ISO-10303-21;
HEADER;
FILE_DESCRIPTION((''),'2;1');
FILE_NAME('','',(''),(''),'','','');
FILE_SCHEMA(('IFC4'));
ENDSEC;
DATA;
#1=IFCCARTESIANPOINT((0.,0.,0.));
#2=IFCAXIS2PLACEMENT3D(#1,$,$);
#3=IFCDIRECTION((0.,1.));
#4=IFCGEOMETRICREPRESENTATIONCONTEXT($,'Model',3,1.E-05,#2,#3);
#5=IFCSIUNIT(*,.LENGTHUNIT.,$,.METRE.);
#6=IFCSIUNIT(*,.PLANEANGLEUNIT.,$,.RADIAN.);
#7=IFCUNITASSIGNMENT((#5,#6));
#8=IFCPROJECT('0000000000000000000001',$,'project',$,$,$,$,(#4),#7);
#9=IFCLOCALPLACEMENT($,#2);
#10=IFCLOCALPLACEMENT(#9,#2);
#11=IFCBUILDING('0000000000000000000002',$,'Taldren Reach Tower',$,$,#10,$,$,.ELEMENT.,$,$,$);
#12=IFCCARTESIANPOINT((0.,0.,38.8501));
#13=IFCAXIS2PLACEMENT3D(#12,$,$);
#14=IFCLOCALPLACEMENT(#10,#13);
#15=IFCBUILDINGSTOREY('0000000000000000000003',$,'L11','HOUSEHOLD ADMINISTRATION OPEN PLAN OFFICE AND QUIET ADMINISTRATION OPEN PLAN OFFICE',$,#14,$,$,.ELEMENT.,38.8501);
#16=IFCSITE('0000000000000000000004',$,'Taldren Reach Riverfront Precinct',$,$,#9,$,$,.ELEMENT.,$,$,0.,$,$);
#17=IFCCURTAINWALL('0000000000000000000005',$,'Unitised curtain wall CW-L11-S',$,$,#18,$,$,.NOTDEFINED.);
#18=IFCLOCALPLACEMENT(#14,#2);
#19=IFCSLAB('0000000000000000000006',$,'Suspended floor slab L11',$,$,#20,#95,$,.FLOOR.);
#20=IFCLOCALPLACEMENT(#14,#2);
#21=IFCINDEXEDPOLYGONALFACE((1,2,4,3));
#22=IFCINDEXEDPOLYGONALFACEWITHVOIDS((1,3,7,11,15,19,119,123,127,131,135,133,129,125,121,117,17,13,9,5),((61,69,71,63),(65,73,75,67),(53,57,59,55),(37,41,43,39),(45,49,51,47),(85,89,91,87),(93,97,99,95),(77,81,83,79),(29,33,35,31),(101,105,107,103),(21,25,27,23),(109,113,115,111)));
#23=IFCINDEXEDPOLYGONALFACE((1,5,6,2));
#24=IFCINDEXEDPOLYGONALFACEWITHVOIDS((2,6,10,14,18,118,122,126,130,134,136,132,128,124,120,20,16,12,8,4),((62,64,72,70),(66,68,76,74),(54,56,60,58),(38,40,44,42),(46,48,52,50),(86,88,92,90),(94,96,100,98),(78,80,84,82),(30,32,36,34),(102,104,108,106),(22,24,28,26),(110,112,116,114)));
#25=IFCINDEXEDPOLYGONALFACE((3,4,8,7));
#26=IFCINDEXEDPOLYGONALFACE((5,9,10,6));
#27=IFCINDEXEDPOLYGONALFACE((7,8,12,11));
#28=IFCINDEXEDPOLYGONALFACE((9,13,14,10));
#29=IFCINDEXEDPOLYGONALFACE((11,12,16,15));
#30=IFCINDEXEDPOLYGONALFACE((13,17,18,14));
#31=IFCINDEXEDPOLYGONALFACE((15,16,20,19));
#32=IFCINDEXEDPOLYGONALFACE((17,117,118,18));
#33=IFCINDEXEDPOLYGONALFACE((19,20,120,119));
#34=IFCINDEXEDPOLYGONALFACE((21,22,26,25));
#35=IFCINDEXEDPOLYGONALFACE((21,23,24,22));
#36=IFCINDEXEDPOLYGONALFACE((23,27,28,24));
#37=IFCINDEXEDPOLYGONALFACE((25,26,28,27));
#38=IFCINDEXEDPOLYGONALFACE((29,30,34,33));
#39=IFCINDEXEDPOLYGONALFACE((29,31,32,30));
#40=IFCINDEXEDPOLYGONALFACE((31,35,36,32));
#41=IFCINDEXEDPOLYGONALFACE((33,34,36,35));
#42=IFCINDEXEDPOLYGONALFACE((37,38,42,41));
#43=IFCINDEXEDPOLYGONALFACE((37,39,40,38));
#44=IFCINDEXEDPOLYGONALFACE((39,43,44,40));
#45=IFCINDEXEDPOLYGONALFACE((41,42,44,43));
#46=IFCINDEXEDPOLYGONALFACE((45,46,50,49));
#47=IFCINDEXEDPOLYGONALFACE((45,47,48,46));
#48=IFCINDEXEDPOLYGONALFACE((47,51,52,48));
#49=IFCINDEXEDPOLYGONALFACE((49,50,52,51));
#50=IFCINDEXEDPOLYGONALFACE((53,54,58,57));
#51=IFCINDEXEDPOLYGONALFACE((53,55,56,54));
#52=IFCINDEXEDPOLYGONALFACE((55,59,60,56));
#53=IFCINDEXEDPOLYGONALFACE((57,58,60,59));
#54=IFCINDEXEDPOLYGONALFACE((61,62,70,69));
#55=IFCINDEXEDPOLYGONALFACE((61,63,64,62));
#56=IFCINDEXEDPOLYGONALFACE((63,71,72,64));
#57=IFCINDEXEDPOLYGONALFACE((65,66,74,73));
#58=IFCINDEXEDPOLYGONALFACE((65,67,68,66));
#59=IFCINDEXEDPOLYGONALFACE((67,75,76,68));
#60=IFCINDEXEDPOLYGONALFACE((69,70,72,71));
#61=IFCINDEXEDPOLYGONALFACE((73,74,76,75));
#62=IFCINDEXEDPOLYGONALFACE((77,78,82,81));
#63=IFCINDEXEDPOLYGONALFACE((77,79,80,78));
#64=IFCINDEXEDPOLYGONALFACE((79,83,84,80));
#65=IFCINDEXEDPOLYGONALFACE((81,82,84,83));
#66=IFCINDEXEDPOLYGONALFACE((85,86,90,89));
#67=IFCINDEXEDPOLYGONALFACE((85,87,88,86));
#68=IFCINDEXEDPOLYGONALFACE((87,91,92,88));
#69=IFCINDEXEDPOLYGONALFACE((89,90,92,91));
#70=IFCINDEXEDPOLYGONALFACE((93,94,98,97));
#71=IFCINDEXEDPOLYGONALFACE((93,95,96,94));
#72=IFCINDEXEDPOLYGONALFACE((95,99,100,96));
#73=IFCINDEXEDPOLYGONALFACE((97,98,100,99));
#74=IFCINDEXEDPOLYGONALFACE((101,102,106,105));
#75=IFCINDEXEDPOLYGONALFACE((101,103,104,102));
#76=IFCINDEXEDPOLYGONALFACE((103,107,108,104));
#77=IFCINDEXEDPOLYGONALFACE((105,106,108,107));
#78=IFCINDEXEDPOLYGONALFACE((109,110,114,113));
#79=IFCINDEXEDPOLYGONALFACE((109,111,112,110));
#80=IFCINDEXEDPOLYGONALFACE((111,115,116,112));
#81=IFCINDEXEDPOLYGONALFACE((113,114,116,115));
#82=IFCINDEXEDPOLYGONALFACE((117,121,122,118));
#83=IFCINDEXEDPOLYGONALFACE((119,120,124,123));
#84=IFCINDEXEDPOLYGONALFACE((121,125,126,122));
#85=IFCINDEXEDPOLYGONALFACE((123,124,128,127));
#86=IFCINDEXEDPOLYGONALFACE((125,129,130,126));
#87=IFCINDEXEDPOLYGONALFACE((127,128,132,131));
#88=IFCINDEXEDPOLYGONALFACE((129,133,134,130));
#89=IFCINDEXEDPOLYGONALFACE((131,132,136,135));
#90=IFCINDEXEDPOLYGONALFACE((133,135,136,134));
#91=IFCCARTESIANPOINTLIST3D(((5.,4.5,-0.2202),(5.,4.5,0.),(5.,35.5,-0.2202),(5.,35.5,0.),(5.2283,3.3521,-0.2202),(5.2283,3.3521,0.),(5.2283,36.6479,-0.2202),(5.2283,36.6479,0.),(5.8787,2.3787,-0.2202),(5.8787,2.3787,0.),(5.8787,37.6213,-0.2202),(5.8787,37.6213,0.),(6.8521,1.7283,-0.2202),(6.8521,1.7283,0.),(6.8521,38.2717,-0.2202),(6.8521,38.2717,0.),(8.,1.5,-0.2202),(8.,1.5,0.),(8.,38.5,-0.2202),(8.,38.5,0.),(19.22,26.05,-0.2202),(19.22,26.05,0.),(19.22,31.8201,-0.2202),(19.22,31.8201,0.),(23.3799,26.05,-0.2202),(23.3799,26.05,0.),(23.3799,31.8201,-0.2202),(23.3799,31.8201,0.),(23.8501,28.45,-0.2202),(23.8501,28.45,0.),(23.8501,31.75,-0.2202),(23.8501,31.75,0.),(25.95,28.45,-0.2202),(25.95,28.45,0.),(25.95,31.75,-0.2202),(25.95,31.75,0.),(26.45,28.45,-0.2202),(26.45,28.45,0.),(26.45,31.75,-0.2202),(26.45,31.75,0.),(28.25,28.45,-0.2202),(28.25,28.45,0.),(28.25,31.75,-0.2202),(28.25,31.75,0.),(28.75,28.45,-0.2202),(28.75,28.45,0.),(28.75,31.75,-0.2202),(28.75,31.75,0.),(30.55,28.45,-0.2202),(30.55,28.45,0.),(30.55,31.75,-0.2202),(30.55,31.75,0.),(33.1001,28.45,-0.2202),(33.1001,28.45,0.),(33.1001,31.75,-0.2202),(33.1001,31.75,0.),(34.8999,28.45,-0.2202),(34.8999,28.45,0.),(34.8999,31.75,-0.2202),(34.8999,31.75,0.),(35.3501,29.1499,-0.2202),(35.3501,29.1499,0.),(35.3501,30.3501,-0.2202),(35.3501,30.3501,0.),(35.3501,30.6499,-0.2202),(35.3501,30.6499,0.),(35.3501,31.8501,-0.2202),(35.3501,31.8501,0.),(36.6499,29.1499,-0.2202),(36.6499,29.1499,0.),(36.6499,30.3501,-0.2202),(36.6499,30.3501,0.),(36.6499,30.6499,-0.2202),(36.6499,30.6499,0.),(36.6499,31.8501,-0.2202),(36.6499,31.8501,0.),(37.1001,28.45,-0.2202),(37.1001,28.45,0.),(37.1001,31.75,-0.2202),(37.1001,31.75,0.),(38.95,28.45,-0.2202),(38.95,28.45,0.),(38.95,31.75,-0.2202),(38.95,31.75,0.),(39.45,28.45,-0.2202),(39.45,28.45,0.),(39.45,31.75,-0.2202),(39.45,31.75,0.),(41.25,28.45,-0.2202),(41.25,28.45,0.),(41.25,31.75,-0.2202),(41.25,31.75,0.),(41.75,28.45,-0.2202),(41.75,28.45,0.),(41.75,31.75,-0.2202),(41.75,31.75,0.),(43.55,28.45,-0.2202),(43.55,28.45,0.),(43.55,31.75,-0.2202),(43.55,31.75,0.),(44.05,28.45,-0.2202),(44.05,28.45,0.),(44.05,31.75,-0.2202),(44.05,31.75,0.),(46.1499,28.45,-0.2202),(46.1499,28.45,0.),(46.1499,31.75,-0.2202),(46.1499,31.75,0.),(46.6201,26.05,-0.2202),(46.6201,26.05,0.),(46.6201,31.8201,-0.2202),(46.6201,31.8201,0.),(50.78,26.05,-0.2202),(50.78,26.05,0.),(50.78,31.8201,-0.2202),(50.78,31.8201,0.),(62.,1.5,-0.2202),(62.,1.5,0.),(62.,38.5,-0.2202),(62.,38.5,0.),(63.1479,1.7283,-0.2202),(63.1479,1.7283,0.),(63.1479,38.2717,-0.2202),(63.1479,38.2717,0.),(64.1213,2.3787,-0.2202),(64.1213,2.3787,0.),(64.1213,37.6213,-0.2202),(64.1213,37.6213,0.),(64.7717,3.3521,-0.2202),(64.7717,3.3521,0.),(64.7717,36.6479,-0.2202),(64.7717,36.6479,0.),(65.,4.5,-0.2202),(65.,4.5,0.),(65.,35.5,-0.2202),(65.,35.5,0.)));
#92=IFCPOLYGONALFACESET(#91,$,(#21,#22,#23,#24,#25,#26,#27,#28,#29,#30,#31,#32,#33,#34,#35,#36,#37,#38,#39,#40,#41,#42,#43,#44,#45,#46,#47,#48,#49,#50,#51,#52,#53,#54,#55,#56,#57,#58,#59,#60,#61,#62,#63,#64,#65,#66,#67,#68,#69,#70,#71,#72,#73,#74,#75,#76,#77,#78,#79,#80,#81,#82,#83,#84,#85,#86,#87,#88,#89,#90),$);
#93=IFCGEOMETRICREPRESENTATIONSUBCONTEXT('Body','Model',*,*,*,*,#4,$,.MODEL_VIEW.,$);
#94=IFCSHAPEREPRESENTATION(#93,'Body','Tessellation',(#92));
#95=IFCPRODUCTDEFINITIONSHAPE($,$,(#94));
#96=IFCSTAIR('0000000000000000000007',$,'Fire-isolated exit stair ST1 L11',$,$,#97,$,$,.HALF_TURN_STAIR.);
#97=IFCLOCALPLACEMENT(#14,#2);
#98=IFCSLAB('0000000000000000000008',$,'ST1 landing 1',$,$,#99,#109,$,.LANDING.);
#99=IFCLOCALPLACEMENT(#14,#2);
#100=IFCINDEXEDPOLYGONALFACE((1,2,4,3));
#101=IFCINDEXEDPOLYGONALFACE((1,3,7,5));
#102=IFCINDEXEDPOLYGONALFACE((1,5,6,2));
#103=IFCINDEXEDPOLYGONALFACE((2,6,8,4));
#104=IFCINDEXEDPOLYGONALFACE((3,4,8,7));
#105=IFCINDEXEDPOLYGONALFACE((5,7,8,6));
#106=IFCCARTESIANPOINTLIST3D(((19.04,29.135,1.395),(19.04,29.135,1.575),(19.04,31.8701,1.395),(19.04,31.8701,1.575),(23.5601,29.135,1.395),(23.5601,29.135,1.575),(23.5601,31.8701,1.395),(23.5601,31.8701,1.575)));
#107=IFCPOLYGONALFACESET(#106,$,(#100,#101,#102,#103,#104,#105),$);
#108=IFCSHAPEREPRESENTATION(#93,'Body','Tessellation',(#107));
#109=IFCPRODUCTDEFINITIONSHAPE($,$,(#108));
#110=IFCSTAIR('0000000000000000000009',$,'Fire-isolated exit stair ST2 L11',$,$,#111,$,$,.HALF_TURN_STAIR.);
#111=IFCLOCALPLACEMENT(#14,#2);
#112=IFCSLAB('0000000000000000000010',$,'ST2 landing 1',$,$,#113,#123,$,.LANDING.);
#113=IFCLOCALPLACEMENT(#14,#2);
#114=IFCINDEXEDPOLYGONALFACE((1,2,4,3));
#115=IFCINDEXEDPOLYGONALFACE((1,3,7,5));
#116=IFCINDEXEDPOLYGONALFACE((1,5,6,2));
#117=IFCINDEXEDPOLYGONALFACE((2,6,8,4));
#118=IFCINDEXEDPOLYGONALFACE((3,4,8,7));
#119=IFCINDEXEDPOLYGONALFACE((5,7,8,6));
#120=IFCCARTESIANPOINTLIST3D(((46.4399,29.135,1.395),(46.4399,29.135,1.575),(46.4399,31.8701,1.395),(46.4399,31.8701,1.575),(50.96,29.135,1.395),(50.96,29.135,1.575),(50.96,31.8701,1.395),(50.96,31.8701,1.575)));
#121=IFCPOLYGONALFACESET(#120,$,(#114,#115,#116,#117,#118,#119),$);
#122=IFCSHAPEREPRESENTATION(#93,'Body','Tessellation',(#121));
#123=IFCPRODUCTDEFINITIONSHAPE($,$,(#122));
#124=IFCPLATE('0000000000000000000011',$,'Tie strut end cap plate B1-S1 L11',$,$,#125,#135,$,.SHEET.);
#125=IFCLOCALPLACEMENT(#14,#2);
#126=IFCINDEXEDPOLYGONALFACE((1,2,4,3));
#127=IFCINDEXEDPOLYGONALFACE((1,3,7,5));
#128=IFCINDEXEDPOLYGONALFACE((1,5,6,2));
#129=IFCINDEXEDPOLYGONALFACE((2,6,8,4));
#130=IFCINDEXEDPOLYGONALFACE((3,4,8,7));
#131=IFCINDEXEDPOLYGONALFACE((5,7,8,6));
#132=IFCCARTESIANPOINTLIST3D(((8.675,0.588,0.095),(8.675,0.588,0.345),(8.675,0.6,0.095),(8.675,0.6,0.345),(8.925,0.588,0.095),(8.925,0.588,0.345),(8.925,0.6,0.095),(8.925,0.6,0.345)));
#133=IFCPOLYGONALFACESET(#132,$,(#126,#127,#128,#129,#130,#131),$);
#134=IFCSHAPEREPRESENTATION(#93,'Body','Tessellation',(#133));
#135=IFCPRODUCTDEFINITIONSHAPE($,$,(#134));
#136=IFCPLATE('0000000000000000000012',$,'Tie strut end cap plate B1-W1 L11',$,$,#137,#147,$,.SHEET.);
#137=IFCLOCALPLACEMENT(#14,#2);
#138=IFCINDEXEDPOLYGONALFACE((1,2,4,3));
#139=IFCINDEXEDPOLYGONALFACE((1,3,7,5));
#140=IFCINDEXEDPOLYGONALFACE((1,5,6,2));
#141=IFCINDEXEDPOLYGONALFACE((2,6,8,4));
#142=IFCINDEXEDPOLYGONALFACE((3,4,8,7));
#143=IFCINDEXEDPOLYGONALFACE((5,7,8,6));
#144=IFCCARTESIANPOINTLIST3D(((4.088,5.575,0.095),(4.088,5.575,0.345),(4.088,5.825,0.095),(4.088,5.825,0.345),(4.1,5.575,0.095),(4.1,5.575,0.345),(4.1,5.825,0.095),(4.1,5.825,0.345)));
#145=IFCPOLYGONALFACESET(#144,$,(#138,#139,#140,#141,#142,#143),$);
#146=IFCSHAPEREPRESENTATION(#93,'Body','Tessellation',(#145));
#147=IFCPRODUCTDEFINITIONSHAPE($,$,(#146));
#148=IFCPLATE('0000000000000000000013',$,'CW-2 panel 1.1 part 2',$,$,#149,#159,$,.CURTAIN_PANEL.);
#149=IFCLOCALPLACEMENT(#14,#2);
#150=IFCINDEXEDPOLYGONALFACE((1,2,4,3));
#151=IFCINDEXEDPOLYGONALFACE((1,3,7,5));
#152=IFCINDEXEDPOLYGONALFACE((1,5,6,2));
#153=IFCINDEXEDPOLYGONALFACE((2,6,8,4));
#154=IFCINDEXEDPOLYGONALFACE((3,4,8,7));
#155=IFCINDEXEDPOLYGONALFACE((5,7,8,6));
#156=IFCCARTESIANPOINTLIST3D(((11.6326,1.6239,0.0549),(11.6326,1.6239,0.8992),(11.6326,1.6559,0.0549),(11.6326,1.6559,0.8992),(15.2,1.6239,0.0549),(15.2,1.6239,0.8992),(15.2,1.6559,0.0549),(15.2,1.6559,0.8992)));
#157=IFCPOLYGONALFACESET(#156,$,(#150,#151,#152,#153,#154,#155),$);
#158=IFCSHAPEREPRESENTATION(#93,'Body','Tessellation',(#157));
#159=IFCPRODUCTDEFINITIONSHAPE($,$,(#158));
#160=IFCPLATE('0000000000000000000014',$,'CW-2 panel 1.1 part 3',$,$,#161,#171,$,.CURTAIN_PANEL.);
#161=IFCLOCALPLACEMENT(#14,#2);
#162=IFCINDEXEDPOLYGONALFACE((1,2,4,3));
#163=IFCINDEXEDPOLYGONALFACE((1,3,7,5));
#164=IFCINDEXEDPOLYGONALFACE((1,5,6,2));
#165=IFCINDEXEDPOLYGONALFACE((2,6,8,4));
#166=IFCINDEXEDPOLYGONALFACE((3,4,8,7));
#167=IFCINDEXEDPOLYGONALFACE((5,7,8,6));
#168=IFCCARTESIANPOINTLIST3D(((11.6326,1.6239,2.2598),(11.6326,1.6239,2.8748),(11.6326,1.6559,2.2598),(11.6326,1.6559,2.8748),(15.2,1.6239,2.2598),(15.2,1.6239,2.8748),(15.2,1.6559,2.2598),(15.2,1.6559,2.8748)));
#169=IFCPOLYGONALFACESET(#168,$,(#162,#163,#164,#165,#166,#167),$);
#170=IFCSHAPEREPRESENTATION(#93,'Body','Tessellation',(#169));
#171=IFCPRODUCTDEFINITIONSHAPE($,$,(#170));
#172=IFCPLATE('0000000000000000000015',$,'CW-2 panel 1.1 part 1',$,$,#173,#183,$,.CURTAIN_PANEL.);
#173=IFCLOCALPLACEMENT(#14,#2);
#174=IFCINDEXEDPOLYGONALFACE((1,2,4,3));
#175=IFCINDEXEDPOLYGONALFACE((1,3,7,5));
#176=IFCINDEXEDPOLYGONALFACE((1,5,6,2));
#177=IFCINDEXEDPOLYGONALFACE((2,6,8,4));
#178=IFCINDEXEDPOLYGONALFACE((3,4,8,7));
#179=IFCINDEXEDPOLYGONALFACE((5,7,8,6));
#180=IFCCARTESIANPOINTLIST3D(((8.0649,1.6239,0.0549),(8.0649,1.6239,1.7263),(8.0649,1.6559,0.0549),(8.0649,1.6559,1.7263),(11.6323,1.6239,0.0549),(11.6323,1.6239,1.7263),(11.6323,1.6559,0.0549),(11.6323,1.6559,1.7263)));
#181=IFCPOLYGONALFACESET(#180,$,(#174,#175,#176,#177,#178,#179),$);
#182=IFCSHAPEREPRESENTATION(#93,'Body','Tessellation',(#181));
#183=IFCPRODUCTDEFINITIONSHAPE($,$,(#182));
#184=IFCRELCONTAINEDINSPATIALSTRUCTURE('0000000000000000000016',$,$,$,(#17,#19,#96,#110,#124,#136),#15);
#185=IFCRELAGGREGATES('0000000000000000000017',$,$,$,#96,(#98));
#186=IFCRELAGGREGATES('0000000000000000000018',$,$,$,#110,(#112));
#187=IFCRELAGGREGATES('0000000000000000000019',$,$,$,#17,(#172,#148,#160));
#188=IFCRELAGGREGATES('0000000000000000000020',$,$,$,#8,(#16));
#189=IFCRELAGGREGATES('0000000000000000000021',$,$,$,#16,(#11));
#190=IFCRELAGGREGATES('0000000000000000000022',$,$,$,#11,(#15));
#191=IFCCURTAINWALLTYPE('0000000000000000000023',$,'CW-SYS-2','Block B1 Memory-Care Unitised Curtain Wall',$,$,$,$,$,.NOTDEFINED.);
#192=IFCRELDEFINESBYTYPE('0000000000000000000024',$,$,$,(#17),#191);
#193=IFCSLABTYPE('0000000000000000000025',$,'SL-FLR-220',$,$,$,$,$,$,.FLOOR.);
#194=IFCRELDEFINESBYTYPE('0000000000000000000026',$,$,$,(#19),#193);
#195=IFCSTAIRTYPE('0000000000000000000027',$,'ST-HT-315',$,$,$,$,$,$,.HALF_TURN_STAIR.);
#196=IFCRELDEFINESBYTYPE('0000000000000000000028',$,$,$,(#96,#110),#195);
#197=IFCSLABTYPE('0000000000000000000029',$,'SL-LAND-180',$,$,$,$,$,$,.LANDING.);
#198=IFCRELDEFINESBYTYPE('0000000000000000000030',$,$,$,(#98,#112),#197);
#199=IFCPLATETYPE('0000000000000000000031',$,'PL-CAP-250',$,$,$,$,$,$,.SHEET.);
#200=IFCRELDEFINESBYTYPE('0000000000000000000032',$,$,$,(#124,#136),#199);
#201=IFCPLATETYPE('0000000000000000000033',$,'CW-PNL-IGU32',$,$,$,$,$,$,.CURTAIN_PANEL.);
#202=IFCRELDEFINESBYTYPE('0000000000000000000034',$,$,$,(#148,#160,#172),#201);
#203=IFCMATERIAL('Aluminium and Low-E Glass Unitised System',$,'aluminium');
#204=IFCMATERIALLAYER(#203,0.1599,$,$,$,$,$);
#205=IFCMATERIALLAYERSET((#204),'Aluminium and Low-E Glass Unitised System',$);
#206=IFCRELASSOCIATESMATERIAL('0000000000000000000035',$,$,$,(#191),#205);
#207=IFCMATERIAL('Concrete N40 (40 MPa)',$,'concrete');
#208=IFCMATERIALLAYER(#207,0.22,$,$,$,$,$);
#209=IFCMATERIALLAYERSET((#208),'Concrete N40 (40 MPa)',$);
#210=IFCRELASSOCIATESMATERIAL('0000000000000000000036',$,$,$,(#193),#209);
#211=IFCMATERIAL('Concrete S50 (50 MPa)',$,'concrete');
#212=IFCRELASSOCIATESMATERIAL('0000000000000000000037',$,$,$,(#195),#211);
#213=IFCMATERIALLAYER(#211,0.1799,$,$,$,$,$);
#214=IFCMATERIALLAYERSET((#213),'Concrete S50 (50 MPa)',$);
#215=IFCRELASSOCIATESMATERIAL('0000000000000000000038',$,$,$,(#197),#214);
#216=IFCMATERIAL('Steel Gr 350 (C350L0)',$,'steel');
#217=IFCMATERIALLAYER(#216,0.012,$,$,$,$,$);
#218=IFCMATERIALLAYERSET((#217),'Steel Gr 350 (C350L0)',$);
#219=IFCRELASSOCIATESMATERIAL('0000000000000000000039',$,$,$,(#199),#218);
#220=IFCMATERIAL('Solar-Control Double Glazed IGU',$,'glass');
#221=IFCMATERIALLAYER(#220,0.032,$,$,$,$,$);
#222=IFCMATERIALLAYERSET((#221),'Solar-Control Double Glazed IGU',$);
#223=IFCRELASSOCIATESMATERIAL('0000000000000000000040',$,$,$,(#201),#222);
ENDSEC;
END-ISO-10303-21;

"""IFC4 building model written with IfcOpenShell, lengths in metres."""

from ifc_helpers import new_model, si_unit, direction, frame, origin, origin_2d, place, context, subcontext, project, spatial, polyline, rectangle, outline, extrude, source, transform, mapped, material, layer, layer_set, type_object, element, aggregate, save


model = new_model("IFC4")

# Units and contexts
model_context = context("Model", 3, precision=1e-05, world=origin(), true_north=direction((0.0, 1.0)))
body_context = subcontext(model_context, "Body", "Model", "MODEL_VIEW")
ifc_project = project(units=[si_unit("LENGTHUNIT", "METRE"), si_unit("PLANEANGLEUNIT", "RADIAN")], contexts=[model_context])

# Site, building, storey
site_placement = place(None, origin())
site = spatial("IfcSite", under=ifc_project, at=site_placement, Name="Taldren Reach Riverfront Precinct", CompositionType="ELEMENT", RefElevation=0.0)
building_placement = place(site_placement, origin())
building = spatial("IfcBuilding", under=site, at=building_placement, Name="Taldren Reach Tower", CompositionType="ELEMENT")
storey_placement = place(building_placement, frame((0.0, 0.0, 38.8501)))
storey = spatial("IfcBuildingStorey", under=building, at=storey_placement, Name="L11", Description="HOUSEHOLD ADMINISTRATION OPEN PLAN OFFICE AND QUIET ADMINISTRATION OPEN PLAN OFFICE", CompositionType="ELEMENT", Elevation=38.8501)

# Shared definitions
ifc_material_1 = material(Name="Steel Gr 350 (C350L0)", Category="steel")

# Curtain wall
ifc_material_2 = material(Name="Aluminium and Low-E Glass Unitised System", Category="aluminium")
ifc_layer_1 = layer(ifc_material_2, 0.1599)
ifc_layer_set_1 = layer_set([ifc_layer_1], Name="Aluminium and Low-E Glass Unitised System")
curtain_wall_type = type_object("IfcCurtainWallType", Name="CW-SYS-2", Description="Block B1 Memory-Care Unitised Curtain Wall", PredefinedType="NOTDEFINED", material=ifc_layer_set_1)
curtain_wall_1_placement = place(storey_placement, origin())
curtain_wall_1 = element("IfcCurtainWall", 1, at=curtain_wall_1_placement, inside=storey, type_object=curtain_wall_type, Name="Unitised curtain wall CW-L11-S", PredefinedType="NOTDEFINED")

# Slab
ifc_material_3 = material(Name="Concrete N40 (40 MPa)", Category="concrete")
ifc_layer_2 = layer(ifc_material_3, 0.22)
ifc_layer_set_2 = layer_set([ifc_layer_2], Name="Concrete N40 (40 MPa)")
slab_type_1 = type_object("IfcSlabType", Name="SL-FLR-220", PredefinedType="FLOOR", material=ifc_layer_set_2)
slab_1_placement = place(storey_placement, frame((0.0, 0.0, -0.2202)))
element("IfcSlab", 2, at=slab_1_placement, inside=storey, type_object=slab_type_1, Name="Suspended floor slab L11", PredefinedType="FLOOR", context=body_context, shape_type="SweptSolid", body=[
    extrude(outline(polyline([(62.0, 1.5), (63.1479, 1.7283), (64.1213, 2.3787), (64.7717, 3.3521), (65.0, 4.5), (65.0, 35.5), (64.7717, 36.6479), (64.1213, 37.6213), (63.1479, 38.2717), (62.0, 38.5), (8.0, 38.5), (6.8521, 38.2717), (5.8787, 37.6213), (5.2283, 36.6479), (5.0, 35.5), (5.0, 4.5), (5.2283, 3.3521), (5.8787, 2.3787), (6.8521, 1.7283), (8.0, 1.5), (62.0, 1.5)]), holes=[polyline([(19.22, 26.05), (23.3799, 26.05), (23.3799, 31.8201), (19.22, 31.8201), (19.22, 26.05)]), polyline([(46.6201, 26.05), (50.78, 26.05), (50.78, 31.8201), (46.6201, 31.8201), (46.6201, 26.05)]), polyline([(23.8501, 28.45), (25.95, 28.45), (25.95, 31.75), (23.8501, 31.75), (23.8501, 28.45)]), polyline([(44.05, 28.45), (46.1499, 28.45), (46.1499, 31.75), (44.05, 31.75), (44.05, 28.45)]), polyline([(26.45, 28.45), (28.25, 28.45), (28.25, 31.75), (26.45, 31.75), (26.45, 28.45)]), polyline([(28.75, 28.45), (30.55, 28.45), (30.55, 31.75), (28.75, 31.75), (28.75, 28.45)]), polyline([(33.1001, 28.45), (34.8999, 28.45), (34.8999, 31.75), (33.1001, 31.75), (33.1001, 28.45)]), polyline([(37.1001, 28.45), (38.95, 28.45), (38.95, 31.75), (37.1001, 31.75), (37.1001, 28.45)]), polyline([(39.45, 28.45), (41.25, 28.45), (41.25, 31.75), (39.45, 31.75), (39.45, 28.45)]), polyline([(41.75, 28.45), (43.55, 28.45), (43.55, 31.75), (41.75, 31.75), (41.75, 28.45)]), polyline([(35.3501, 30.6499), (36.6499, 30.6499), (36.6499, 31.8501), (35.3501, 31.8501), (35.3501, 30.6499)]), polyline([(35.3501, 29.1499), (36.6499, 29.1499), (36.6499, 30.3501), (35.3501, 30.3501), (35.3501, 29.1499)])]), origin(), (0.0, 0.0, 1.0), 0.2202),
])

# Stairs, slabs
ifc_material_4 = material(Name="Concrete S50 (50 MPa)", Category="concrete")
stair_type = type_object("IfcStairType", Name="ST-HT-315", PredefinedType="HALF_TURN_STAIR", material=ifc_material_4)
stair_1_placement = place(storey_placement, origin())
stair_1 = element("IfcStair", 3, at=stair_1_placement, inside=storey, type_object=stair_type, Name="Fire-isolated exit stair ST1 L11", PredefinedType="HALF_TURN_STAIR")
ifc_layer_3 = layer(ifc_material_4, 0.1799)
ifc_layer_set_3 = layer_set([ifc_layer_3], Name="Concrete S50 (50 MPa)")
slab_type_2 = type_object("IfcSlabType", Name="SL-LAND-180", PredefinedType="LANDING", material=ifc_layer_set_3)
slab_2_placement = place(storey_placement, frame((0.0, 0.0, 1.395)))
slab_2 = element("IfcSlab", 4, at=slab_2_placement, type_object=slab_type_2, Name="ST1 landing 1", PredefinedType="LANDING", context=body_context, shape_type="SweptSolid", body=[
    extrude(outline(polyline([(19.04, 29.135), (23.5601, 29.135), (23.5601, 31.8701), (19.04, 31.8701), (19.04, 29.135)])), origin(), (0.0, 0.0, 1.0), 0.1799),
])
aggregate(stair_1, [slab_2])
stair_2_placement = place(storey_placement, origin())
stair_2 = element("IfcStair", 5, at=stair_2_placement, inside=storey, type_object=stair_type, Name="Fire-isolated exit stair ST2 L11", PredefinedType="HALF_TURN_STAIR")
slab_3_placement = place(storey_placement, frame((0.0, 0.0, 1.395)))
slab_3 = element("IfcSlab", 6, at=slab_3_placement, type_object=slab_type_2, Name="ST2 landing 1", PredefinedType="LANDING", context=body_context, shape_type="SweptSolid", body=[
    extrude(outline(polyline([(46.4399, 29.135), (50.96, 29.135), (50.96, 31.8701), (46.4399, 31.8701), (46.4399, 29.135)])), origin(), (0.0, 0.0, 1.0), 0.1799),
])
aggregate(stair_2, [slab_3])

# Plates
ifc_layer_4 = layer(ifc_material_1, 0.012)
ifc_layer_set_4 = layer_set([ifc_layer_4], Name="Steel Gr 350 (C350L0)")
plate_type_1 = type_object("IfcPlateType", Name="PL-CAP-250", PredefinedType="SHEET", material=ifc_layer_set_4)
shared_shape_1 = source(origin(), body_context, "Body", "SweptSolid", [
    extrude(rectangle(XDim=0.25, YDim=0.012, at=origin_2d()), origin(), (0.0, 0.0, 1.0), 0.25),
])
plate_1_placement = place(storey_placement, frame((8.8, 0.594, 0.095), z_axis=(0.0, 0.0, 1.0), x_axis=(1.0, 0.0, 0.0)))
element("IfcPlate", 7, at=plate_1_placement, inside=storey, type_object=plate_type_1, Name="Tie strut end cap plate B1-S1 L11", PredefinedType="SHEET", context=body_context, shape_type="MappedRepresentation", body=[
    mapped(shared_shape_1, transform((0.0, 0.0, 0.0), scale=1.0)),
])
shared_shape_2 = source(origin(), body_context, "Body", "SweptSolid", [
    extrude(rectangle(XDim=0.012, YDim=0.25, at=origin_2d()), origin(), (0.0, 0.0, 1.0), 0.25),
])
plate_2_placement = place(storey_placement, frame((4.094, 5.7, 0.095), z_axis=(0.0, 0.0, 1.0), x_axis=(1.0, 0.0, 0.0)))
element("IfcPlate", 8, at=plate_2_placement, inside=storey, type_object=plate_type_1, Name="Tie strut end cap plate B1-W1 L11", PredefinedType="SHEET", context=body_context, shape_type="MappedRepresentation", body=[
    mapped(shared_shape_2, transform((0.0, 0.0, 0.0), scale=1.0)),
])

# Plates
ifc_material_5 = material(Name="Solar-Control Double Glazed IGU", Category="glass")
ifc_layer_5 = layer(ifc_material_5, 0.032)
ifc_layer_set_5 = layer_set([ifc_layer_5], Name="Solar-Control Double Glazed IGU")
plate_type_2 = type_object("IfcPlateType", Name="CW-PNL-IGU32", PredefinedType="CURTAIN_PANEL", material=ifc_layer_set_5)
shared_shape_3 = source(origin(), body_context, "Body", "SweptSolid", [
    extrude(rectangle(XDim=3.5674, YDim=0.032, at=origin_2d()), origin(), (0.0, 0.0, 1.0), 0.8442),
])
plate_3_placement = place(storey_placement, frame((13.4163, 1.6399, 0.0549), z_axis=(0.0, 0.0, 1.0), x_axis=(1.0, 0.0, 0.0)))
plate_3 = element("IfcPlate", 9, at=plate_3_placement, type_object=plate_type_2, Name="CW-2 panel 1.1 part 2", PredefinedType="CURTAIN_PANEL", context=body_context, shape_type="MappedRepresentation", body=[
    mapped(shared_shape_3, transform((0.0, 0.0, 0.0), scale=1.0)),
])
shared_shape_4 = source(origin(), body_context, "Body", "SweptSolid", [
    extrude(rectangle(XDim=3.5674, YDim=0.032, at=origin_2d()), origin(), (0.0, 0.0, 1.0), 0.615),
])
plate_4_placement = place(storey_placement, frame((13.4163, 1.6399, 2.2598), z_axis=(0.0, 0.0, 1.0), x_axis=(1.0, 0.0, 0.0)))
plate_4 = element("IfcPlate", 10, at=plate_4_placement, type_object=plate_type_2, Name="CW-2 panel 1.1 part 3", PredefinedType="CURTAIN_PANEL", context=body_context, shape_type="MappedRepresentation", body=[
    mapped(shared_shape_4, transform((0.0, 0.0, 0.0), scale=1.0)),
])
shared_shape_5 = source(origin(), body_context, "Body", "SweptSolid", [
    extrude(rectangle(XDim=3.5674, YDim=0.032, at=origin_2d()), origin(), (0.0, 0.0, 1.0), 1.6714),
])
plate_5_placement = place(storey_placement, frame((9.8486, 1.6399, 0.0549), z_axis=(0.0, 0.0, 1.0), x_axis=(1.0, 0.0, 0.0)))
plate_5 = element("IfcPlate", 11, at=plate_5_placement, type_object=plate_type_2, Name="CW-2 panel 1.1 part 1", PredefinedType="CURTAIN_PANEL", context=body_context, shape_type="MappedRepresentation", body=[
    mapped(shared_shape_5, transform((0.0, 0.0, 0.0), scale=1.0)),
])
aggregate(curtain_wall_1, [plate_5, plate_3, plate_4])

save(model, "model.ifc")
